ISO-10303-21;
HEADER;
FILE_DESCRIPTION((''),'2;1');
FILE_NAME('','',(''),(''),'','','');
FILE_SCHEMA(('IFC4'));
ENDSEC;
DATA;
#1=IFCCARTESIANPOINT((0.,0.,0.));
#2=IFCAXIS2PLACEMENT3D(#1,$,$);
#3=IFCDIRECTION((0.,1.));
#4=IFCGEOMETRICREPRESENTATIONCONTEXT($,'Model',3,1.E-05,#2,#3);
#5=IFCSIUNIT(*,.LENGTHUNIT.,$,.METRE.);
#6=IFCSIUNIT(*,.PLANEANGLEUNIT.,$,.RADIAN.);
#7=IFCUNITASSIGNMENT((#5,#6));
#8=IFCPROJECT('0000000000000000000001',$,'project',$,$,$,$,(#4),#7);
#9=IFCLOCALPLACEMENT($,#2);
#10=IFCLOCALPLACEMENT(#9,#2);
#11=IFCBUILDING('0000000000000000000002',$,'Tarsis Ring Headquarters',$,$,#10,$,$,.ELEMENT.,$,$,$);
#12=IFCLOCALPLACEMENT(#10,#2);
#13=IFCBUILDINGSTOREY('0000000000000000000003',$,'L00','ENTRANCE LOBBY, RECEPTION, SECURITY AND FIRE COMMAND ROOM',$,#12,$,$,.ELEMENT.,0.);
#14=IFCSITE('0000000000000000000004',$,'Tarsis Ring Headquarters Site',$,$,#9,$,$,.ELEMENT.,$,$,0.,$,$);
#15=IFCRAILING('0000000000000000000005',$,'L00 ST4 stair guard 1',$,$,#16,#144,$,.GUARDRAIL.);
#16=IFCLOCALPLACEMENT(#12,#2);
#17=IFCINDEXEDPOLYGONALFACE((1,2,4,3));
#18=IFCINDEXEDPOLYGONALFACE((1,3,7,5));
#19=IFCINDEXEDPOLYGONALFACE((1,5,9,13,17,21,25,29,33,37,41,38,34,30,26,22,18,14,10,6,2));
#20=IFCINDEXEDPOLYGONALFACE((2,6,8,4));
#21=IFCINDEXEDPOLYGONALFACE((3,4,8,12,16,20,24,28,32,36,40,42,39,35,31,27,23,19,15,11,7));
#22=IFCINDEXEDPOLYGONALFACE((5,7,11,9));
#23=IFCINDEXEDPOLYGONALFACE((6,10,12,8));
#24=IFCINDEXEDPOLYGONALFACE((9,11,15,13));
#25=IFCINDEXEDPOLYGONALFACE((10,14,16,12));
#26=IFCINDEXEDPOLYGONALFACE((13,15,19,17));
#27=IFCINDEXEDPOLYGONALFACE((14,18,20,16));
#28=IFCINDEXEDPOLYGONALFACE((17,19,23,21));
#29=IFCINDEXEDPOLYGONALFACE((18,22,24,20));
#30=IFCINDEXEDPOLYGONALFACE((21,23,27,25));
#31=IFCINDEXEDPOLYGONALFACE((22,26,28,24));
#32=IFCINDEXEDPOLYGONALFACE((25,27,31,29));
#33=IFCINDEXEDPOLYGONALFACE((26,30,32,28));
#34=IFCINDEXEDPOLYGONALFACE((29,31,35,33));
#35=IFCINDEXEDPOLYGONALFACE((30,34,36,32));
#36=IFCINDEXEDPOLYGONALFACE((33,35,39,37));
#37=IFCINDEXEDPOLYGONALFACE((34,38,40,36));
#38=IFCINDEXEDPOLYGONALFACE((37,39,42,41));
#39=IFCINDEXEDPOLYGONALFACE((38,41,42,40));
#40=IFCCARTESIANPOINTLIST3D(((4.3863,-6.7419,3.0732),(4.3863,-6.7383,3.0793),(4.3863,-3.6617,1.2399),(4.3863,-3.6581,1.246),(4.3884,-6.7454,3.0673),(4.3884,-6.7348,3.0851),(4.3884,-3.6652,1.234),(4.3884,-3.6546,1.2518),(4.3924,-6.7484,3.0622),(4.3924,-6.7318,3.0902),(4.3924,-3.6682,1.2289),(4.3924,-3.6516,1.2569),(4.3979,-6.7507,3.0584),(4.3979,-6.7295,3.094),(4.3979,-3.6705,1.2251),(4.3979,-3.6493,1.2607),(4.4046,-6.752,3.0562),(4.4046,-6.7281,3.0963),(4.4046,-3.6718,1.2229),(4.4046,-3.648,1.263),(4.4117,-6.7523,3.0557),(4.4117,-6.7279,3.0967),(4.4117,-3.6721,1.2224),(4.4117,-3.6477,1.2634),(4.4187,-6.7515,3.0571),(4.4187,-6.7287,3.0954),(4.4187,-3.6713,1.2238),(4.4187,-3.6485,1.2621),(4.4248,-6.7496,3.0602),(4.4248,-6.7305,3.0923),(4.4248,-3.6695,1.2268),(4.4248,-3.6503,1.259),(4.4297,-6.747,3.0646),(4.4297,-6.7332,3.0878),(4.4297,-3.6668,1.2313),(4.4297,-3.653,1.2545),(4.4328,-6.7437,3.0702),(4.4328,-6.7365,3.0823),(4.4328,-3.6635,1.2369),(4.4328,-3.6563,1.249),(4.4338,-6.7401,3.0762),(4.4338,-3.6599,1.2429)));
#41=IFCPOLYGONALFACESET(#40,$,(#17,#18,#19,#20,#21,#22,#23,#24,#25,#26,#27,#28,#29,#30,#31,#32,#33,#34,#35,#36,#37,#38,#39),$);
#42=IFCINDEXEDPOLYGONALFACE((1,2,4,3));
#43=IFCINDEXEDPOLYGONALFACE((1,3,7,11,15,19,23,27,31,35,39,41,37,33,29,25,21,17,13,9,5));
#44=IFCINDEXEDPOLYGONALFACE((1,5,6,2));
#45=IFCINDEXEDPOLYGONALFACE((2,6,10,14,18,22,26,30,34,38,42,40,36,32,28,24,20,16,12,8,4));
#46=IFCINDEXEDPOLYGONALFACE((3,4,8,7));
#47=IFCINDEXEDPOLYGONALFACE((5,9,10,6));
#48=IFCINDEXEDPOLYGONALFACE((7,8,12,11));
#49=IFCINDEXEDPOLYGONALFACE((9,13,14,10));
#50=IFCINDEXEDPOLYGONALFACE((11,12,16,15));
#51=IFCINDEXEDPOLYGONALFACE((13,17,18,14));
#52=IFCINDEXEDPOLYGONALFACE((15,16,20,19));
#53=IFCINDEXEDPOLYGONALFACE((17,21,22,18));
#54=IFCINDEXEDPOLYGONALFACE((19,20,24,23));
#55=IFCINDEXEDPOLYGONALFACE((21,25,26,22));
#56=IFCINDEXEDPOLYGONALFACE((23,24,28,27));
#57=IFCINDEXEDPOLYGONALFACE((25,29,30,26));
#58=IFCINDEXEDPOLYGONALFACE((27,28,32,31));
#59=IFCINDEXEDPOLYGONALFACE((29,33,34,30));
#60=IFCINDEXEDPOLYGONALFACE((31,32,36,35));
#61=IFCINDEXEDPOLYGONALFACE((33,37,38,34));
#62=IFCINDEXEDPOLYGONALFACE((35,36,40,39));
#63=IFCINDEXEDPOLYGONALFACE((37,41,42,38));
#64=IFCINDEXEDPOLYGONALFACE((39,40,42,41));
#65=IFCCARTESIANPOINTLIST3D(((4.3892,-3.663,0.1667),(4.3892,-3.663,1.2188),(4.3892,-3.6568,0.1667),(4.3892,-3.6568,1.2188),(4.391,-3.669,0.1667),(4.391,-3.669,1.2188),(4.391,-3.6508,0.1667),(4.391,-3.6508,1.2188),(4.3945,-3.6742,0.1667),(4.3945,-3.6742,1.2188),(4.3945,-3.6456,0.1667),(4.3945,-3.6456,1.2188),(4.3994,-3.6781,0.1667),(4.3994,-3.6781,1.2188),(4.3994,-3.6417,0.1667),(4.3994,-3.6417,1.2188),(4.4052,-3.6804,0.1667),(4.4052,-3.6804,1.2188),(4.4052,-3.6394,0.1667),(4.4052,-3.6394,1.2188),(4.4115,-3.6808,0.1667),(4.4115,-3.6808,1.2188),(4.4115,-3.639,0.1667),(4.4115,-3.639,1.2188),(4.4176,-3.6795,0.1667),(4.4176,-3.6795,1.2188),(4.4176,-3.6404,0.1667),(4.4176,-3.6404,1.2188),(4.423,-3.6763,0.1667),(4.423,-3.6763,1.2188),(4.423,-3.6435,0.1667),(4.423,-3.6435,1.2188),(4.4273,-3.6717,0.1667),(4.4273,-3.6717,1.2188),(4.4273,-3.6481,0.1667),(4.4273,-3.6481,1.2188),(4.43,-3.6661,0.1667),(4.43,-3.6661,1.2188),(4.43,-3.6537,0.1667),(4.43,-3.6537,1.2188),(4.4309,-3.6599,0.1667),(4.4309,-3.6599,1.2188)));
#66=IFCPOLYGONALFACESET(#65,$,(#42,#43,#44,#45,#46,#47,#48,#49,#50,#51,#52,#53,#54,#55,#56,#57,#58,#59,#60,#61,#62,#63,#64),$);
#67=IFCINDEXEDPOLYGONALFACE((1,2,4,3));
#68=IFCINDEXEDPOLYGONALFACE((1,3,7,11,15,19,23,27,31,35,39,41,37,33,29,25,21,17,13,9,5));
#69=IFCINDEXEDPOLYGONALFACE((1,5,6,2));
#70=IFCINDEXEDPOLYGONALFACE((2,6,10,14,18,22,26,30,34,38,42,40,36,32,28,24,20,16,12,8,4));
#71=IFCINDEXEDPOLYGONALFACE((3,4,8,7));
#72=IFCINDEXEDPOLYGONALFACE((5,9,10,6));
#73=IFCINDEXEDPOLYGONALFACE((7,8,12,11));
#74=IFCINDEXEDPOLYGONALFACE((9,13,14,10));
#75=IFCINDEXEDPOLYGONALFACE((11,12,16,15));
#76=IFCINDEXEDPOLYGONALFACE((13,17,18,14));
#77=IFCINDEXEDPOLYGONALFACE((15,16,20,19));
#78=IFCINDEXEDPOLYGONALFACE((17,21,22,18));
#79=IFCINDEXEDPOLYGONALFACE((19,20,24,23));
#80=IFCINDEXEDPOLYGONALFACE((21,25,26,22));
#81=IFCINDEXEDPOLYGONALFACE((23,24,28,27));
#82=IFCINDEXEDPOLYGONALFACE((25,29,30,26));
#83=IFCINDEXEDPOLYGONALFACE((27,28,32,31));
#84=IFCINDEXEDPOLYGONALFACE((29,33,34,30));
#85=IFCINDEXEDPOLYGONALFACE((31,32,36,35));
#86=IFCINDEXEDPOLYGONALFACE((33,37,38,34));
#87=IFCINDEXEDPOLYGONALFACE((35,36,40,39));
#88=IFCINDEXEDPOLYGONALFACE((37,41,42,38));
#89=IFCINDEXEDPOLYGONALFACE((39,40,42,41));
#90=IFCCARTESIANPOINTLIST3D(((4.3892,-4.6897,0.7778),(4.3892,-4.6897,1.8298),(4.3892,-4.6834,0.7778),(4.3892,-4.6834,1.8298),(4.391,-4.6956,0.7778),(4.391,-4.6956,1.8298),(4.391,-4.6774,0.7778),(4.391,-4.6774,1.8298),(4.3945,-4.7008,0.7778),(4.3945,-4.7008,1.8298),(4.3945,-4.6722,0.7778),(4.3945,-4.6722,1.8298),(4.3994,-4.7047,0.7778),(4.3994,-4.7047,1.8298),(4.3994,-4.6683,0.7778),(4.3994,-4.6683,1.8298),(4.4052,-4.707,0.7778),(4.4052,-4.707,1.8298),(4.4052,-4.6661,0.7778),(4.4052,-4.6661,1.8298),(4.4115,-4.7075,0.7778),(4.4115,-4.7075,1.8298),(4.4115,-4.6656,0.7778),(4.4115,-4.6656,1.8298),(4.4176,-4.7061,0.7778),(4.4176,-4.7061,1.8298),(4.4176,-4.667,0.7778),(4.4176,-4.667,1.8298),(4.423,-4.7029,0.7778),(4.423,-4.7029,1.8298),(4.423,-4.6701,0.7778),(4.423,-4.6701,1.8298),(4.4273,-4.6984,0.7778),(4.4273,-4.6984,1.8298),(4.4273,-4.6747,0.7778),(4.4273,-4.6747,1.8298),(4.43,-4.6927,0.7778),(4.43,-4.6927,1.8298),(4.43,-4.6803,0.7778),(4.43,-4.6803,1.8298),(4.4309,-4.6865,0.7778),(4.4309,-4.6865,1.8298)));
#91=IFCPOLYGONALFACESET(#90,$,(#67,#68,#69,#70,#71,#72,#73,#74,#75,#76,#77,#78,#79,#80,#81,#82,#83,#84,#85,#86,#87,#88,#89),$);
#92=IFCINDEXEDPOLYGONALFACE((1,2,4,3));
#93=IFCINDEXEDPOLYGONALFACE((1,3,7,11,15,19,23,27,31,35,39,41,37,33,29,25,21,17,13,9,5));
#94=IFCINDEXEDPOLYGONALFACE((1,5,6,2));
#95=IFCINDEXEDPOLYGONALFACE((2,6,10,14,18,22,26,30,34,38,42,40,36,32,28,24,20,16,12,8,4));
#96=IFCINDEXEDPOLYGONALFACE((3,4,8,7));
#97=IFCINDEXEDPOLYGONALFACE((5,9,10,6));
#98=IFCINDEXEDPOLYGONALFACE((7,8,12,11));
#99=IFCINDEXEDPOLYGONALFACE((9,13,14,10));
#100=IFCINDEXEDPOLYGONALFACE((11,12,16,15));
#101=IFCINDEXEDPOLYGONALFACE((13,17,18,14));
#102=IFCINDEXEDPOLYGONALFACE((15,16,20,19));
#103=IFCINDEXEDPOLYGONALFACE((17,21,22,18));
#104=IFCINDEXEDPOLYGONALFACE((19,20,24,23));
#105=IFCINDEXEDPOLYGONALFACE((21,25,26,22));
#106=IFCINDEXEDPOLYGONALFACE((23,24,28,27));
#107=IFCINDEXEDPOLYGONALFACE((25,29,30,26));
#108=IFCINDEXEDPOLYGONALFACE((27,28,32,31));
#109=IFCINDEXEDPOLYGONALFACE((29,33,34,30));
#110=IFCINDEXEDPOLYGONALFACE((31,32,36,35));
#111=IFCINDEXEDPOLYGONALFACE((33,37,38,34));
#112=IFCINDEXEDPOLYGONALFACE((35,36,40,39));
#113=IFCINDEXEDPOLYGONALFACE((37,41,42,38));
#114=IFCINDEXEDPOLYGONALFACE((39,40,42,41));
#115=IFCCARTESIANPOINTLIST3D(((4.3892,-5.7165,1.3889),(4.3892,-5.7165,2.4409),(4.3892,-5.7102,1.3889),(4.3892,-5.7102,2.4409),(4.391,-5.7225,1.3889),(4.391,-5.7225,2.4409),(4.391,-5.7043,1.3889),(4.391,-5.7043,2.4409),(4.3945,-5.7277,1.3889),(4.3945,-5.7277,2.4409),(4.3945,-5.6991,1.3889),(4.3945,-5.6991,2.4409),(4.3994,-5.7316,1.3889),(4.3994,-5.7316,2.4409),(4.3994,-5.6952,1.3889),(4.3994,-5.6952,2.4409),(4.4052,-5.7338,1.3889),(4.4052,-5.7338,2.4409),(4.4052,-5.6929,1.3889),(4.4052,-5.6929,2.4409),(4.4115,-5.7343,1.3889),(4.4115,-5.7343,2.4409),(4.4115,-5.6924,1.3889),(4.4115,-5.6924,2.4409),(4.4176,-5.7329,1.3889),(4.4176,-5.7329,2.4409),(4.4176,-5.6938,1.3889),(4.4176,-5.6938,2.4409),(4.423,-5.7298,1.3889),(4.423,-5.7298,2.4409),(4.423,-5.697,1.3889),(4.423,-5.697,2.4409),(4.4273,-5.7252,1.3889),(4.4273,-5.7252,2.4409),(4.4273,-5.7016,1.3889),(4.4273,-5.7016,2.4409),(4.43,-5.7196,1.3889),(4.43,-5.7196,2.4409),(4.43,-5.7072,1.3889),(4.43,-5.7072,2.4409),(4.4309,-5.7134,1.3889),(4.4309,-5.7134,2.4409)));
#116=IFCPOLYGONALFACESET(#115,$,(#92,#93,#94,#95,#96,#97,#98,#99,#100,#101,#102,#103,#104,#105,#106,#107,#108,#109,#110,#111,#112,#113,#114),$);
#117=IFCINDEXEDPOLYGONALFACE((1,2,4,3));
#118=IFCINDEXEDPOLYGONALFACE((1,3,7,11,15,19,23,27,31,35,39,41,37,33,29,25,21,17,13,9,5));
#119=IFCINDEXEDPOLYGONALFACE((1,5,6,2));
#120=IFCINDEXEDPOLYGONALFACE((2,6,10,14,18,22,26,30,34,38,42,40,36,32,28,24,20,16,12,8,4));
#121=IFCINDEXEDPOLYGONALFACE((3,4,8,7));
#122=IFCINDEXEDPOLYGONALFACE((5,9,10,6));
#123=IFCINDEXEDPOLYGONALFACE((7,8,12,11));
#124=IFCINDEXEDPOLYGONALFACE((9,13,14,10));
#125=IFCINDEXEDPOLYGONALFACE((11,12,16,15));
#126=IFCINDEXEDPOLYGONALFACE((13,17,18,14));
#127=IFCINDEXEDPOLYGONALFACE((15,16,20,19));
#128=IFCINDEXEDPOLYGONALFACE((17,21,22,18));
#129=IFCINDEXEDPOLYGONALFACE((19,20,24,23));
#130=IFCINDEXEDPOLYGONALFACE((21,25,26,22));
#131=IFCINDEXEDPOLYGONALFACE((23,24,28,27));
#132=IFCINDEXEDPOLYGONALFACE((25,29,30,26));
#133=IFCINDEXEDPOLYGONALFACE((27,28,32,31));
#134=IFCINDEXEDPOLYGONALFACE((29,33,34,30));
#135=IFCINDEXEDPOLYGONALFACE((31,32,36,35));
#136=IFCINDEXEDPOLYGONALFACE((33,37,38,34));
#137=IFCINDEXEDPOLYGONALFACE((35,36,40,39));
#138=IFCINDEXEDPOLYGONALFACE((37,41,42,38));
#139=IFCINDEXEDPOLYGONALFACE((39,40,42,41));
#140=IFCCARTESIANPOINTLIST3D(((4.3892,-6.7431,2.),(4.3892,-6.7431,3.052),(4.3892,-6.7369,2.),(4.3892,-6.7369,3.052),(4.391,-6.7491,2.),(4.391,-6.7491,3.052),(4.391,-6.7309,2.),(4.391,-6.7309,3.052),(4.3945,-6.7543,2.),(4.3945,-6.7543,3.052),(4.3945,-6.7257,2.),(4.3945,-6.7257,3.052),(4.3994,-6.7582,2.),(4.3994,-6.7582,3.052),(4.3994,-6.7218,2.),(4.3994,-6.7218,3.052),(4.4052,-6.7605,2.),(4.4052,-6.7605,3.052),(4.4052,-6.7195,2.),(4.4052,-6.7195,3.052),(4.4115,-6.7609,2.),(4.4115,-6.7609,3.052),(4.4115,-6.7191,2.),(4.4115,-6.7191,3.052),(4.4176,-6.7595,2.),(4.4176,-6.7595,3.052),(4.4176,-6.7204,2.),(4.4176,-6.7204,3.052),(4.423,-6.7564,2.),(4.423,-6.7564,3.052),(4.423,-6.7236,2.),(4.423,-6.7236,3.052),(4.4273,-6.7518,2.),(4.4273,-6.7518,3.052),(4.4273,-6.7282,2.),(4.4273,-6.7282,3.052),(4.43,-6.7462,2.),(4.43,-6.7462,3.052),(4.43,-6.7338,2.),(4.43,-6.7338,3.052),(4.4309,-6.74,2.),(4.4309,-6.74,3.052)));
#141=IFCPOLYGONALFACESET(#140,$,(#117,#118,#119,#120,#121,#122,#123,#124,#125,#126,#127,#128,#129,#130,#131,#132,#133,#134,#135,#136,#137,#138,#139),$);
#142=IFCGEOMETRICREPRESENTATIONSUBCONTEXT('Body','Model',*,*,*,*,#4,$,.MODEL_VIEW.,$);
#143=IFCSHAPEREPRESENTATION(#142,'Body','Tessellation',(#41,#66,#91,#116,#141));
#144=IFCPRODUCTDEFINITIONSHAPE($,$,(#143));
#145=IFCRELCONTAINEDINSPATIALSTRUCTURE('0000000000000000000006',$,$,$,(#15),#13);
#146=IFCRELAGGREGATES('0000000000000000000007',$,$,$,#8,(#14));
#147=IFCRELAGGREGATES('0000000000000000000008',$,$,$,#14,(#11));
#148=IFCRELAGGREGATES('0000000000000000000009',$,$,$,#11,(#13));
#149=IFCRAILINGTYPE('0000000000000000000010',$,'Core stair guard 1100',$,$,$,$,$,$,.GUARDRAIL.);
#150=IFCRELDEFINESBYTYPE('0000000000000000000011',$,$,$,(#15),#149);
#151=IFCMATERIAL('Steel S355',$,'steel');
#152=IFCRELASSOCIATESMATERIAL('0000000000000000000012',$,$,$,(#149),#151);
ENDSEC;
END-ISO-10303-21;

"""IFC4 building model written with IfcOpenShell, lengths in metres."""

from ifc_helpers import new_model, si_unit, direction, frame, origin, origin_2d, place, context, subcontext, project, spatial, circle, extrude, material, type_object, element, save


model = new_model("IFC4")

# Units and contexts
model_context = context("Model", 3, precision=1e-05, world=origin(), true_north=direction((0.0, 1.0)))
body_context = subcontext(model_context, "Body", "Model", "MODEL_VIEW")
ifc_project = project(units=[si_unit("LENGTHUNIT", "METRE"), si_unit("PLANEANGLEUNIT", "RADIAN")], contexts=[model_context])

# Site, building, storey
site_placement = place(None, origin())
site = spatial("IfcSite", under=ifc_project, at=site_placement, Name="Tarsis Ring Headquarters Site", CompositionType="ELEMENT", RefElevation=0.0)
building_placement = place(site_placement, origin())
building = spatial("IfcBuilding", under=site, at=building_placement, Name="Tarsis Ring Headquarters", CompositionType="ELEMENT")
storey_placement = place(building_placement, origin())
storey = spatial("IfcBuildingStorey", under=building, at=storey_placement, Name="L00", Description="ENTRANCE LOBBY, RECEPTION, SECURITY AND FIRE COMMAND ROOM", CompositionType="ELEMENT", Elevation=0.0)

# Railing
ifc_material_1 = material(Name="Steel S355", Category="steel")
railing_type_1 = type_object("IfcRailingType", Name="Core stair guard 1100", PredefinedType="GUARDRAIL", material=ifc_material_1)
railing_1_placement = place(storey_placement, frame((4.4099, -3.6599, 0.1667)))
element("IfcRailing", 1, at=railing_1_placement, inside=storey, type_object=railing_type_1, Name="L00 ST4 stair guard 1", PredefinedType="GUARDRAIL", context=body_context, shape_type="SweptSolid", body=[
    extrude(circle(Radius=0.0239, at=origin_2d()), frame((0.0, 0.0, 1.0762), z_axis=(0.0, -0.859309, 0.511458), x_axis=(1.0, 0.0, 0.0)), (0.0, 0.0, 1.0), 3.5845),
    extrude(circle(Radius=0.021, at=origin_2d()), origin(), (0.0, 0.0, 1.0), 1.052),
    extrude(circle(Radius=0.021, at=origin_2d()), frame((0.0, -1.0266, 0.6111)), (0.0, 0.0, 1.0), 1.052),
    extrude(circle(Radius=0.021, at=origin_2d()), frame((0.0, -2.0535, 1.2222)), (0.0, 0.0, 1.0), 1.052),
    extrude(circle(Radius=0.021, at=origin_2d()), frame((0.0, -3.0801, 1.8333)), (0.0, 0.0, 1.0), 1.052),
])

save(model, "model.ifc")
